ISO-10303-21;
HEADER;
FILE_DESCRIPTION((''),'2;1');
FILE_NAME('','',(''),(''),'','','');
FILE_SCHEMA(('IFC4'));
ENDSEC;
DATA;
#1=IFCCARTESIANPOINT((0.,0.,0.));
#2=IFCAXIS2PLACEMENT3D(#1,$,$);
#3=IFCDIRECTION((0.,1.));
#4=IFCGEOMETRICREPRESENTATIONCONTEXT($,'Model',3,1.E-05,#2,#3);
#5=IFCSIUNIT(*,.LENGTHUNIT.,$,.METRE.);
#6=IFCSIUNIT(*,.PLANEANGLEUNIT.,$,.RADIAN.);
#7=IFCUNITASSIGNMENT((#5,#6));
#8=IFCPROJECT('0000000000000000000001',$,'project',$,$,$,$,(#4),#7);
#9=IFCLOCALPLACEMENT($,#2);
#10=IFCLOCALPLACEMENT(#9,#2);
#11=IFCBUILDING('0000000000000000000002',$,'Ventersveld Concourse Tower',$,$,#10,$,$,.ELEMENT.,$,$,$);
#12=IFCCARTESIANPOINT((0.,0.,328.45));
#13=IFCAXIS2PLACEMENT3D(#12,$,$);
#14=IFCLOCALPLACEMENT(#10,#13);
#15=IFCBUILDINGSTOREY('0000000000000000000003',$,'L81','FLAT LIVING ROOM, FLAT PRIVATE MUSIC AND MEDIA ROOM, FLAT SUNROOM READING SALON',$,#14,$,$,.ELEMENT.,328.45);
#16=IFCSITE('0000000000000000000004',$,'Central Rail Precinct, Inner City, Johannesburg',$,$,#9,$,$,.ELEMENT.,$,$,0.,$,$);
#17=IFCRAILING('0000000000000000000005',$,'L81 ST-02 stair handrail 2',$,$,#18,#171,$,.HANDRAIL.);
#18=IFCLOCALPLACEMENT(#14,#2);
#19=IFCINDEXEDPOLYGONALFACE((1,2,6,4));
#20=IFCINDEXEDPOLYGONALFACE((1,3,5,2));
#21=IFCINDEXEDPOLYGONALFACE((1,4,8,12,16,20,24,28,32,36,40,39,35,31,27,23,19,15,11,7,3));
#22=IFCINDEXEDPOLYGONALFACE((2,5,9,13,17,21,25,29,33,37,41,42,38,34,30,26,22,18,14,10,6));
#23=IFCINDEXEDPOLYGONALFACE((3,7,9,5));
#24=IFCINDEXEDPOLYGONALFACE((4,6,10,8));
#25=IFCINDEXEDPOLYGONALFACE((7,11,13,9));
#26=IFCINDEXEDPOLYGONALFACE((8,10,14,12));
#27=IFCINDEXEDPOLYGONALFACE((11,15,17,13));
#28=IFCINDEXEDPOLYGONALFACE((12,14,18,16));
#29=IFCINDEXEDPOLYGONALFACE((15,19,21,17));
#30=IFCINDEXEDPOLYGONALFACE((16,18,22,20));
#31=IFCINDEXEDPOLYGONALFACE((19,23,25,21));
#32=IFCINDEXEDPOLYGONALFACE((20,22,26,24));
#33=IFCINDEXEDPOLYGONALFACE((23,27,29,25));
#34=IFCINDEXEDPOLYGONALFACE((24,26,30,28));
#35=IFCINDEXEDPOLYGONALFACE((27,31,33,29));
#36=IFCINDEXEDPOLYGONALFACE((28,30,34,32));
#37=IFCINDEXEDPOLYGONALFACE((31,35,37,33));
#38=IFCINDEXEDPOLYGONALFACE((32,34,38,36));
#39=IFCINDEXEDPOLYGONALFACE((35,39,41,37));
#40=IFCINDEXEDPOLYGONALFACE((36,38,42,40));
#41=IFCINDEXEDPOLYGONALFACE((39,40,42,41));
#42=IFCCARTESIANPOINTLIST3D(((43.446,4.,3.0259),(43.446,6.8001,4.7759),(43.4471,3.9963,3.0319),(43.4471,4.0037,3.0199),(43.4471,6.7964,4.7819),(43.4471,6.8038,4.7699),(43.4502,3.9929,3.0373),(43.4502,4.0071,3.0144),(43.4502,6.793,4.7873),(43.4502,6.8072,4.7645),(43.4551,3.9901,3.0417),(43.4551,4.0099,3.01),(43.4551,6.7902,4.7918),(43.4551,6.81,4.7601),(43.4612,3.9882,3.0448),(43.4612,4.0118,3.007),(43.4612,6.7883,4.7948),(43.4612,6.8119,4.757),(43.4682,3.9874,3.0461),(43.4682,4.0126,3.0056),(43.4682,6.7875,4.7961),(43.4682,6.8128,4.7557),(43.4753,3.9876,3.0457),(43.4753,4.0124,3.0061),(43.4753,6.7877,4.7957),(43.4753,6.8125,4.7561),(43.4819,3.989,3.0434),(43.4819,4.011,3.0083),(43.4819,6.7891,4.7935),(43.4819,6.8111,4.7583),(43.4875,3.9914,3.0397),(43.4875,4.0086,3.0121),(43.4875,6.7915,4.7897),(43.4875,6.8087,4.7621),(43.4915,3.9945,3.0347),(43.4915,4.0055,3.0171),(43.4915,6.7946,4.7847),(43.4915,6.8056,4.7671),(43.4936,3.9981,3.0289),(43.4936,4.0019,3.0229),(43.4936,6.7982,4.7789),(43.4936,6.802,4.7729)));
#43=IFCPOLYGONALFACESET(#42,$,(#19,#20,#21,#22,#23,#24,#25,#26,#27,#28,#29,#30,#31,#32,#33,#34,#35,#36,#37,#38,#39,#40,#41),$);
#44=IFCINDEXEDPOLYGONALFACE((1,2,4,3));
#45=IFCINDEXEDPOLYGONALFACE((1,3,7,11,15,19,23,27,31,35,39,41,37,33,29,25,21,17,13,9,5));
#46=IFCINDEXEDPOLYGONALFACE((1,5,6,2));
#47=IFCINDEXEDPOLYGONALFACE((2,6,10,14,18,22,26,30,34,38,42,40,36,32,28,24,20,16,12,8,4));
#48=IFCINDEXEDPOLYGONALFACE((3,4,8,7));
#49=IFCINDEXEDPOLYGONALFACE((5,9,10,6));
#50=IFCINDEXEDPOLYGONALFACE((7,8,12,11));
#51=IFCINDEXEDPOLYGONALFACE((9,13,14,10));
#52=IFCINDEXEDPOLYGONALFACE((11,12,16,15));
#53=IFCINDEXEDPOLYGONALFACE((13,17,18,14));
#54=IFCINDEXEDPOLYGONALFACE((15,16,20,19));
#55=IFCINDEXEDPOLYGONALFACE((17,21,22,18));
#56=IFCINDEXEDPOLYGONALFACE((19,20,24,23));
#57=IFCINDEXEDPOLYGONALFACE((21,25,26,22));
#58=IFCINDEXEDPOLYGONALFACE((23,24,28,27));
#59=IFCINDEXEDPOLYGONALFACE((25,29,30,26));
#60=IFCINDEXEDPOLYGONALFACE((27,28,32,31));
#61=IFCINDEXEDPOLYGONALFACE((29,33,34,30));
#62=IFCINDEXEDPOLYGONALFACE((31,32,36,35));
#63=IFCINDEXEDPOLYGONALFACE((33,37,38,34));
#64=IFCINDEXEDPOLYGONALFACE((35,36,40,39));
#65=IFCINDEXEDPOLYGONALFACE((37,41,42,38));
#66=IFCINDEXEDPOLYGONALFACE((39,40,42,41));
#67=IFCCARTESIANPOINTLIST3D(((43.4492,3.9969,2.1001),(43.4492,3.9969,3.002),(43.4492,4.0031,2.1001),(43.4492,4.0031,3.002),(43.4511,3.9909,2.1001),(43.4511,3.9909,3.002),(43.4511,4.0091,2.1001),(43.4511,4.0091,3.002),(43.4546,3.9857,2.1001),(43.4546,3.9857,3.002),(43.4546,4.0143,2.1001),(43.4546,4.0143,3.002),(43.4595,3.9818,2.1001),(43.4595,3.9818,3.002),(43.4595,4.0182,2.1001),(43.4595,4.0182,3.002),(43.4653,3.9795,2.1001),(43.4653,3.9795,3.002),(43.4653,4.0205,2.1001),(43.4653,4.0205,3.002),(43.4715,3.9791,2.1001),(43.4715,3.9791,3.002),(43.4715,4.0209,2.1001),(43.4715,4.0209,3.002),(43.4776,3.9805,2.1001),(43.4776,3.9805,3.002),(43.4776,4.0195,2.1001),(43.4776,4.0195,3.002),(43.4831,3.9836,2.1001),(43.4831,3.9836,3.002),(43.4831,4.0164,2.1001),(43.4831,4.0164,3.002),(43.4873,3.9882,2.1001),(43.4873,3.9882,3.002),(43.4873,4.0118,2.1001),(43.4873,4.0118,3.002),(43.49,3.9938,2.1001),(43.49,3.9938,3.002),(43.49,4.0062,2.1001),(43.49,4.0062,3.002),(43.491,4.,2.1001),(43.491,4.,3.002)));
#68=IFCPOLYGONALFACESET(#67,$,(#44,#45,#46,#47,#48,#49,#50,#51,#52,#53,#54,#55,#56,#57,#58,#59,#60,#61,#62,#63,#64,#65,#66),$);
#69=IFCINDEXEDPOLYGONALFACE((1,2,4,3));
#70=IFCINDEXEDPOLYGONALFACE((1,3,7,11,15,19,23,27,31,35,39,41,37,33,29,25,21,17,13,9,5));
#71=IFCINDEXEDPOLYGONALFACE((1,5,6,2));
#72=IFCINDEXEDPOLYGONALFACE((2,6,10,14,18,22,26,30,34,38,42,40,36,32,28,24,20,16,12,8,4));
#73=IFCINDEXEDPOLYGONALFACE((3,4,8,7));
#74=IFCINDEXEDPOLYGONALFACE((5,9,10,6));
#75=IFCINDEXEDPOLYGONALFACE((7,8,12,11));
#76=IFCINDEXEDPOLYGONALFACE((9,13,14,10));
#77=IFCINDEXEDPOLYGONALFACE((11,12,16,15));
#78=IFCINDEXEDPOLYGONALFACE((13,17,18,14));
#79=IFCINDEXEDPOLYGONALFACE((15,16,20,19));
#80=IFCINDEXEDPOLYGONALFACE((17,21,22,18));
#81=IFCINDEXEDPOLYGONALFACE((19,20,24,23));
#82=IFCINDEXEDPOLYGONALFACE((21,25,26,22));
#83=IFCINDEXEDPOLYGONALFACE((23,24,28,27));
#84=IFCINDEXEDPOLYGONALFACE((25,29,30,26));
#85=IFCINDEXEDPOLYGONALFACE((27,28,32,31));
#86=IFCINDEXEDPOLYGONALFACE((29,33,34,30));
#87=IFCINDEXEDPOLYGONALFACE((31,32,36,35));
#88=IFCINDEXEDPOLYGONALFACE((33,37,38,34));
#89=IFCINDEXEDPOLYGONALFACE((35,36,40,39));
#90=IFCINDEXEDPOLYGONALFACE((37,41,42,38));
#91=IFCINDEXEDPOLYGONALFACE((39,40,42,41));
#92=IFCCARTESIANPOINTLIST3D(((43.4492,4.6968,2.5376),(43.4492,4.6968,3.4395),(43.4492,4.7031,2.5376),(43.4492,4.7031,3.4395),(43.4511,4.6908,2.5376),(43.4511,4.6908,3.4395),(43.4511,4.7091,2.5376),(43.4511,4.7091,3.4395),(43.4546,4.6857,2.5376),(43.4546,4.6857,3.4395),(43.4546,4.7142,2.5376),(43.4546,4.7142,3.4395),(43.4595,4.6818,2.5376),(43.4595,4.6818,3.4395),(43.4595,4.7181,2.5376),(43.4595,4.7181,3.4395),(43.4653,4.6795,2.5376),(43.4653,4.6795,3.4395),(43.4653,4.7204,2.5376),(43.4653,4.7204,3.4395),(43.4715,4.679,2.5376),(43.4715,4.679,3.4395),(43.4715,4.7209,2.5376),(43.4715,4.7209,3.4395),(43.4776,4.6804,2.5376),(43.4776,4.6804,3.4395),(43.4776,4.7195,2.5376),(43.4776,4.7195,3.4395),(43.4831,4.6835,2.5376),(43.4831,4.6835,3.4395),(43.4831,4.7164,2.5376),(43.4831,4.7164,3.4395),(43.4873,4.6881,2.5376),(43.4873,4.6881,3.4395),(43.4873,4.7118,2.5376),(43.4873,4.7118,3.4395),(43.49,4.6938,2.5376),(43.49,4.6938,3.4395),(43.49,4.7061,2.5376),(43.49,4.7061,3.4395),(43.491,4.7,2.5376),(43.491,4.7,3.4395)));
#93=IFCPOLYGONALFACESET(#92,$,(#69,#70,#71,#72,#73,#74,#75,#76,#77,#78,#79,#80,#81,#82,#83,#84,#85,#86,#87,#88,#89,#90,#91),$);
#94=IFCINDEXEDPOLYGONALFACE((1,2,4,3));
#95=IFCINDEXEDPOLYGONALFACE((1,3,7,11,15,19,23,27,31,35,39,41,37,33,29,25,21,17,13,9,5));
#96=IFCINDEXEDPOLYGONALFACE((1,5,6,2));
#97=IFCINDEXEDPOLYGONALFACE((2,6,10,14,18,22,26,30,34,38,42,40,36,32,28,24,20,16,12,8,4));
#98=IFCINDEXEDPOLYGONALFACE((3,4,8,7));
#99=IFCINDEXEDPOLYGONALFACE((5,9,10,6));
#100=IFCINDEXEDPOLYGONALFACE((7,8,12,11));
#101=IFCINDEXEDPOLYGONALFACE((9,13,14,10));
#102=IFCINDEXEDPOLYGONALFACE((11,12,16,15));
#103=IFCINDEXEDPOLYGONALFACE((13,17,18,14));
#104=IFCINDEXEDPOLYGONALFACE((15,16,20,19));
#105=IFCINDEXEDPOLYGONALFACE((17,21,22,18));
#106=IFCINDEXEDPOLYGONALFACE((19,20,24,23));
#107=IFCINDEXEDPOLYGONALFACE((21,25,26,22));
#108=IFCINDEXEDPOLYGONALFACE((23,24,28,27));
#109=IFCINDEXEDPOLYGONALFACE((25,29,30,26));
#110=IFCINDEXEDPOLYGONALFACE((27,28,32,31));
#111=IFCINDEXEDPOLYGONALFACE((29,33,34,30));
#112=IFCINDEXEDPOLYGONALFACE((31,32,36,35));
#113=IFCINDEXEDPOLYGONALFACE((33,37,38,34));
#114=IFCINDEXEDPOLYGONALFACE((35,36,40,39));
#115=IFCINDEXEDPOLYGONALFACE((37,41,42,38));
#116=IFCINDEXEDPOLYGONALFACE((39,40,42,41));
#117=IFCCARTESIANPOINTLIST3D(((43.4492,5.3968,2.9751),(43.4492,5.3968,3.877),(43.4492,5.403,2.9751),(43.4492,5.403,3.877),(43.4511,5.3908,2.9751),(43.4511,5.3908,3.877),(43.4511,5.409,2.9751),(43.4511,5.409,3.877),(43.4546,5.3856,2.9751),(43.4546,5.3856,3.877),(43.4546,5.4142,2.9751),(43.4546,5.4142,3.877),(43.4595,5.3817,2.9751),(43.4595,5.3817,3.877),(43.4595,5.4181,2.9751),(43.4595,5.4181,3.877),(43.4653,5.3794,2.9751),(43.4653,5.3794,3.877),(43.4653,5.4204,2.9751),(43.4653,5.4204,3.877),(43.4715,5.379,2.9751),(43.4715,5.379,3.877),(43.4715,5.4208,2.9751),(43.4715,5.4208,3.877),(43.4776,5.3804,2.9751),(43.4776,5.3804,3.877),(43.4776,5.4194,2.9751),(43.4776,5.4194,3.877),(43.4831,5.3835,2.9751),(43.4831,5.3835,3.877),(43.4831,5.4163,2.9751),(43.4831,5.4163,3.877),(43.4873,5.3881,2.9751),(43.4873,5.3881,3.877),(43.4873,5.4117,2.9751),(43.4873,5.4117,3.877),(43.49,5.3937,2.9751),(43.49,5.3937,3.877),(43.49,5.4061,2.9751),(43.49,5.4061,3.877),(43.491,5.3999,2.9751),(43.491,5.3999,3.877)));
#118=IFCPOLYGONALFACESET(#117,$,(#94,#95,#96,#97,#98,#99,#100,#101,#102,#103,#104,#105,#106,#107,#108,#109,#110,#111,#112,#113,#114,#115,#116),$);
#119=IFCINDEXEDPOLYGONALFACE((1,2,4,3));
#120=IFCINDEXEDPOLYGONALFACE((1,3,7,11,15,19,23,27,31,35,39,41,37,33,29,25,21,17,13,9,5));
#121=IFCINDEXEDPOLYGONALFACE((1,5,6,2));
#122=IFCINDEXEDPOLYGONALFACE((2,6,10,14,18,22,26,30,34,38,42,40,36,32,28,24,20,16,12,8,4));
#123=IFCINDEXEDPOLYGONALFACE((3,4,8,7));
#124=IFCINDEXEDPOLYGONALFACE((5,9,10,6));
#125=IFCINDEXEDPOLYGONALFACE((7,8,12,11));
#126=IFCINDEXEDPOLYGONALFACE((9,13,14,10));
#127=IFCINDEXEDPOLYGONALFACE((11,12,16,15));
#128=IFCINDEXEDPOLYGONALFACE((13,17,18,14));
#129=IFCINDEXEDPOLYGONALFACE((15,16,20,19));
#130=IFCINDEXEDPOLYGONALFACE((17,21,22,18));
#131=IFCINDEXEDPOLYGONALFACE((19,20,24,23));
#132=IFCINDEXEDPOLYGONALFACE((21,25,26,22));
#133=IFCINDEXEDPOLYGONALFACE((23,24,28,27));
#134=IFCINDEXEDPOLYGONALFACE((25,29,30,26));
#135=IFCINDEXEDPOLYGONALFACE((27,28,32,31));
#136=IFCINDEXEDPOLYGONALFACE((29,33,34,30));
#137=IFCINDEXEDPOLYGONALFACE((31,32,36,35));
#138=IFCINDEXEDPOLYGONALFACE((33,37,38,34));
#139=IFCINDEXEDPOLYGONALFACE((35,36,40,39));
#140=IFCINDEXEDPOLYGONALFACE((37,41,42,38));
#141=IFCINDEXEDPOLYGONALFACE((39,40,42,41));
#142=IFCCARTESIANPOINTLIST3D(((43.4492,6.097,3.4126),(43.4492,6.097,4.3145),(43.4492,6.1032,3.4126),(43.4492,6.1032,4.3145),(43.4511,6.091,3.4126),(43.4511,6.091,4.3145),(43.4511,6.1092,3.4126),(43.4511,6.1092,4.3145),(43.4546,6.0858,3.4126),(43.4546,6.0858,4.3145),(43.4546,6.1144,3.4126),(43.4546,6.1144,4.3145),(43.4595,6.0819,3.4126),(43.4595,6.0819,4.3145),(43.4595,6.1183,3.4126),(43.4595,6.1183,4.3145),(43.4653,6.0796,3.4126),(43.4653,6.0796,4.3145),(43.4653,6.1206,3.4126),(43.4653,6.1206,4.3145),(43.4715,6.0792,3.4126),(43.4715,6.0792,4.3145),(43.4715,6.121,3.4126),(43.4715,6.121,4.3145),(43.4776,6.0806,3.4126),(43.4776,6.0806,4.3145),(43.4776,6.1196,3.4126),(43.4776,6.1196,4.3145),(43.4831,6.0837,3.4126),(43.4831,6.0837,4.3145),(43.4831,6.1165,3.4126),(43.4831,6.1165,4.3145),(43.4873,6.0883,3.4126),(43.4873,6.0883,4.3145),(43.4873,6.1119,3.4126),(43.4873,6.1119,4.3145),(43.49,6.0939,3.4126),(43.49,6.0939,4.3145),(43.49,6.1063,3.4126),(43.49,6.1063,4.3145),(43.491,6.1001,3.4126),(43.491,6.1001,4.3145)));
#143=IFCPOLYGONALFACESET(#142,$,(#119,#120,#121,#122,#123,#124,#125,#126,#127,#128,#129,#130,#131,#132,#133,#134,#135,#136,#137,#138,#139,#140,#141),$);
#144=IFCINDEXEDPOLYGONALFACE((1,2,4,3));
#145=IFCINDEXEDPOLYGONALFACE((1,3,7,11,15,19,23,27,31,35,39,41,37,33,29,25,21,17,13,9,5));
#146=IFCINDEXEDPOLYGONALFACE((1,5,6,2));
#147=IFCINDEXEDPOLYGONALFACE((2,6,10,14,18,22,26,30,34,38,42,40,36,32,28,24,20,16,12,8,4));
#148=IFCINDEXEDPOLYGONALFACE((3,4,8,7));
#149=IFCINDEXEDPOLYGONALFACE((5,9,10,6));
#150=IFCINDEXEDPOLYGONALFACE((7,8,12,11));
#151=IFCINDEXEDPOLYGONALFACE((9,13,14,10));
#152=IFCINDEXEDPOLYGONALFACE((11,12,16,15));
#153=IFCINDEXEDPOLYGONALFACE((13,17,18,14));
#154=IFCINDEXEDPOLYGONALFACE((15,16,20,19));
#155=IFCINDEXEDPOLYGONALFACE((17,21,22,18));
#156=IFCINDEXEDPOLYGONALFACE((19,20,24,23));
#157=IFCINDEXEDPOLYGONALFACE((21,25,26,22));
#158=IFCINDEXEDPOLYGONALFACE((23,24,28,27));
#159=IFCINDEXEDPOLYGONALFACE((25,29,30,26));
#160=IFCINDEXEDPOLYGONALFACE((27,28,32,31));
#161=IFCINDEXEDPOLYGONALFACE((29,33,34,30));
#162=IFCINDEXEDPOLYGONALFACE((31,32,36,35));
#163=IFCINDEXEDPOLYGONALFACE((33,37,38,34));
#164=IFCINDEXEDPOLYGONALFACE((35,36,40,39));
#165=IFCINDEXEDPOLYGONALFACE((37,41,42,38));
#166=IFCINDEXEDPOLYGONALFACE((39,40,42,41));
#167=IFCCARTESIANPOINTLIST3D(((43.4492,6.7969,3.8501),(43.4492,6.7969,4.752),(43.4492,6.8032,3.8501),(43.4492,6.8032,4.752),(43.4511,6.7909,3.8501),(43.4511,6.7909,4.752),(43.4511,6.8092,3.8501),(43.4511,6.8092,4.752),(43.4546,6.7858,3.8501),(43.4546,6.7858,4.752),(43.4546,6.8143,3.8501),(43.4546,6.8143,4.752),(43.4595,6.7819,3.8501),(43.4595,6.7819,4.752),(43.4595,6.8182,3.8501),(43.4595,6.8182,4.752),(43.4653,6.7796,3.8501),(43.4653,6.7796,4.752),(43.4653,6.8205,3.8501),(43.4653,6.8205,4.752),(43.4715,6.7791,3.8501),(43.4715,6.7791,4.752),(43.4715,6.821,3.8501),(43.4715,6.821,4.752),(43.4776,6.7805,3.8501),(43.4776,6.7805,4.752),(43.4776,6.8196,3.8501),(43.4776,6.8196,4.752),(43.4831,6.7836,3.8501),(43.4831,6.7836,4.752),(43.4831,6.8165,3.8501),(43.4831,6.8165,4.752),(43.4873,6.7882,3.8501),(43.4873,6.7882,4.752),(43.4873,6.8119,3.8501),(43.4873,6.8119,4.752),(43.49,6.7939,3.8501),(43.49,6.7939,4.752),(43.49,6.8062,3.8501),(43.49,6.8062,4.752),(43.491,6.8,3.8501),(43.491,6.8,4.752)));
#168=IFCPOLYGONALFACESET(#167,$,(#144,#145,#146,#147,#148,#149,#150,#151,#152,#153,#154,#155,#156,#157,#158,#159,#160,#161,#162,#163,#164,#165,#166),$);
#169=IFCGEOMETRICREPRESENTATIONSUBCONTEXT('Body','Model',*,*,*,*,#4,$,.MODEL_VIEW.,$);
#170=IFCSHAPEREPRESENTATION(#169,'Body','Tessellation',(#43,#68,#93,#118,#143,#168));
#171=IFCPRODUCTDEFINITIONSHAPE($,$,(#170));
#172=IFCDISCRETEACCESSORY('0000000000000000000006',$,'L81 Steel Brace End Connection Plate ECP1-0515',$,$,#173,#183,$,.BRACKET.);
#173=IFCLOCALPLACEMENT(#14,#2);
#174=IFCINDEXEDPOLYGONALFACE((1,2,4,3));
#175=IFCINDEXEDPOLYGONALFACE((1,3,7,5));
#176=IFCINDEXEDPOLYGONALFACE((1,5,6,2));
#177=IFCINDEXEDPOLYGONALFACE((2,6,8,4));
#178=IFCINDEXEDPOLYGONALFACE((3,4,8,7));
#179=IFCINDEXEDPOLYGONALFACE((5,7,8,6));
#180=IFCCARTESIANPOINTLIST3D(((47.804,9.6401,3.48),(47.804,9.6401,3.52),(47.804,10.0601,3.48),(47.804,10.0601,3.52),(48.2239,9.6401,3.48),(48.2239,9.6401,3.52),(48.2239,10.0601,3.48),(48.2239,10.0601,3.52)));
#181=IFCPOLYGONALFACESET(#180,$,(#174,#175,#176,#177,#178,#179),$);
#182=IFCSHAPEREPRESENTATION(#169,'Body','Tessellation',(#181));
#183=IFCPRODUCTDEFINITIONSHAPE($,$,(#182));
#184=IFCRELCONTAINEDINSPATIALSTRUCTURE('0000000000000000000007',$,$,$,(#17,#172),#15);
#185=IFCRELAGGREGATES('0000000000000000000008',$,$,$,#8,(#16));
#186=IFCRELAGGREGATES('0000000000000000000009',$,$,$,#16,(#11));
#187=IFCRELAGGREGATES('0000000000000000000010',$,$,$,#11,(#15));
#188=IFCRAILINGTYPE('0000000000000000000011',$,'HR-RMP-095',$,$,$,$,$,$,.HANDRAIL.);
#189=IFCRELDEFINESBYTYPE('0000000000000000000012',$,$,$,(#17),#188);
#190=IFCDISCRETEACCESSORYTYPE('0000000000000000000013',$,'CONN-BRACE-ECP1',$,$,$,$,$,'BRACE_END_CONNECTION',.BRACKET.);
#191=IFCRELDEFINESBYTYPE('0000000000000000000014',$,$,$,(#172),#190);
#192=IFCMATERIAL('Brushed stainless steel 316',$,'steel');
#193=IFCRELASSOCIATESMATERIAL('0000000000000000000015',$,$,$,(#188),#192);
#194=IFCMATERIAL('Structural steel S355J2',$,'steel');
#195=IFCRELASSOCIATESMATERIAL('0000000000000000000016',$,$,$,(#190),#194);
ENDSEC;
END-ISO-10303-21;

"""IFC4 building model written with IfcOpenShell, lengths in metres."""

from ifc_helpers import new_model, si_unit, direction, frame, origin, origin_2d, place, context, subcontext, project, spatial, rectangle, circle, extrude, material, type_object, element, save


model = new_model("IFC4")

# Units and contexts
model_context = context("Model", 3, precision=1e-05, world=origin(), true_north=direction((0.0, 1.0)))
body_context = subcontext(model_context, "Body", "Model", "MODEL_VIEW")
ifc_project = project(units=[si_unit("LENGTHUNIT", "METRE"), si_unit("PLANEANGLEUNIT", "RADIAN")], contexts=[model_context])

# Site, building, storey
site_placement = place(None, origin())
site = spatial("IfcSite", under=ifc_project, at=site_placement, Name="Central Rail Precinct, Inner City, Johannesburg", CompositionType="ELEMENT", RefElevation=0.0)
building_placement = place(site_placement, origin())
building = spatial("IfcBuilding", under=site, at=building_placement, Name="Ventersveld Concourse Tower", CompositionType="ELEMENT")
storey_placement = place(building_placement, frame((0.0, 0.0, 328.45)))
storey = spatial("IfcBuildingStorey", under=building, at=storey_placement, Name="L81", Description="FLAT LIVING ROOM, FLAT PRIVATE MUSIC AND MEDIA ROOM, FLAT SUNROOM READING SALON", CompositionType="ELEMENT", Elevation=328.45)

# Shared definitions
ifc_material_1 = material(Name="Brushed stainless steel 316", Category="steel")

# Railing
railing_type_1 = type_object("IfcRailingType", Name="HR-RMP-095", PredefinedType="HANDRAIL", material=ifc_material_1)
railing_1_placement = place(storey_placement, frame((43.47, 4.0, 2.1001)))
element("IfcRailing", 1, at=railing_1_placement, inside=storey, type_object=railing_type_1, Name="L81 ST-02 stair handrail 2", PredefinedType="HANDRAIL", context=body_context, shape_type="SweptSolid", body=[
    extrude(circle(Radius=0.0239, at=origin_2d()), frame((0.0, 0.0, 0.9258), z_axis=(0.0, 0.848002, 0.529992), x_axis=(-1.0, 0.0, 0.0)), (0.0, 0.0, 1.0), 3.302),
    extrude(circle(Radius=0.021, at=origin_2d()), origin(), (0.0, 0.0, 1.0), 0.9019),
    extrude(circle(Radius=0.021, at=origin_2d()), frame((0.0, 0.7, 0.4375)), (0.0, 0.0, 1.0), 0.9019),
    extrude(circle(Radius=0.021, at=origin_2d()), frame((0.0, 1.3999, 0.875)), (0.0, 0.0, 1.0), 0.9019),
    extrude(circle(Radius=0.021, at=origin_2d()), frame((0.0, 2.1001, 1.3125)), (0.0, 0.0, 1.0), 0.9019),
    extrude(circle(Radius=0.021, at=origin_2d()), frame((0.0, 2.8, 1.75)), (0.0, 0.0, 1.0), 0.9019),
])

# Discrete accessory
ifc_material_2 = material(Name="Structural steel S355J2", Category="steel")
discrete_accessory_type = type_object("IfcDiscreteAccessoryType", Name="CONN-BRACE-ECP1", ElementType="BRACE_END_CONNECTION", PredefinedType="BRACKET", material=ifc_material_2)
discrete_accessory_placement = place(storey_placement, frame((48.0139, 9.8501, 3.48), z_axis=(0.0, 0.0, 1.0), x_axis=(1.0, 0.0, 0.0)))
element("IfcDiscreteAccessory", 2, at=discrete_accessory_placement, inside=storey, type_object=discrete_accessory_type, Name="L81 Steel Brace End Connection Plate ECP1-0515", PredefinedType="BRACKET", context=body_context, shape_type="SweptSolid", body=[
    extrude(rectangle(XDim=0.4199, YDim=0.4199, at=origin_2d()), origin(), (0.0, 0.0, 1.0), 0.04),
])

save(model, "model.ifc")
